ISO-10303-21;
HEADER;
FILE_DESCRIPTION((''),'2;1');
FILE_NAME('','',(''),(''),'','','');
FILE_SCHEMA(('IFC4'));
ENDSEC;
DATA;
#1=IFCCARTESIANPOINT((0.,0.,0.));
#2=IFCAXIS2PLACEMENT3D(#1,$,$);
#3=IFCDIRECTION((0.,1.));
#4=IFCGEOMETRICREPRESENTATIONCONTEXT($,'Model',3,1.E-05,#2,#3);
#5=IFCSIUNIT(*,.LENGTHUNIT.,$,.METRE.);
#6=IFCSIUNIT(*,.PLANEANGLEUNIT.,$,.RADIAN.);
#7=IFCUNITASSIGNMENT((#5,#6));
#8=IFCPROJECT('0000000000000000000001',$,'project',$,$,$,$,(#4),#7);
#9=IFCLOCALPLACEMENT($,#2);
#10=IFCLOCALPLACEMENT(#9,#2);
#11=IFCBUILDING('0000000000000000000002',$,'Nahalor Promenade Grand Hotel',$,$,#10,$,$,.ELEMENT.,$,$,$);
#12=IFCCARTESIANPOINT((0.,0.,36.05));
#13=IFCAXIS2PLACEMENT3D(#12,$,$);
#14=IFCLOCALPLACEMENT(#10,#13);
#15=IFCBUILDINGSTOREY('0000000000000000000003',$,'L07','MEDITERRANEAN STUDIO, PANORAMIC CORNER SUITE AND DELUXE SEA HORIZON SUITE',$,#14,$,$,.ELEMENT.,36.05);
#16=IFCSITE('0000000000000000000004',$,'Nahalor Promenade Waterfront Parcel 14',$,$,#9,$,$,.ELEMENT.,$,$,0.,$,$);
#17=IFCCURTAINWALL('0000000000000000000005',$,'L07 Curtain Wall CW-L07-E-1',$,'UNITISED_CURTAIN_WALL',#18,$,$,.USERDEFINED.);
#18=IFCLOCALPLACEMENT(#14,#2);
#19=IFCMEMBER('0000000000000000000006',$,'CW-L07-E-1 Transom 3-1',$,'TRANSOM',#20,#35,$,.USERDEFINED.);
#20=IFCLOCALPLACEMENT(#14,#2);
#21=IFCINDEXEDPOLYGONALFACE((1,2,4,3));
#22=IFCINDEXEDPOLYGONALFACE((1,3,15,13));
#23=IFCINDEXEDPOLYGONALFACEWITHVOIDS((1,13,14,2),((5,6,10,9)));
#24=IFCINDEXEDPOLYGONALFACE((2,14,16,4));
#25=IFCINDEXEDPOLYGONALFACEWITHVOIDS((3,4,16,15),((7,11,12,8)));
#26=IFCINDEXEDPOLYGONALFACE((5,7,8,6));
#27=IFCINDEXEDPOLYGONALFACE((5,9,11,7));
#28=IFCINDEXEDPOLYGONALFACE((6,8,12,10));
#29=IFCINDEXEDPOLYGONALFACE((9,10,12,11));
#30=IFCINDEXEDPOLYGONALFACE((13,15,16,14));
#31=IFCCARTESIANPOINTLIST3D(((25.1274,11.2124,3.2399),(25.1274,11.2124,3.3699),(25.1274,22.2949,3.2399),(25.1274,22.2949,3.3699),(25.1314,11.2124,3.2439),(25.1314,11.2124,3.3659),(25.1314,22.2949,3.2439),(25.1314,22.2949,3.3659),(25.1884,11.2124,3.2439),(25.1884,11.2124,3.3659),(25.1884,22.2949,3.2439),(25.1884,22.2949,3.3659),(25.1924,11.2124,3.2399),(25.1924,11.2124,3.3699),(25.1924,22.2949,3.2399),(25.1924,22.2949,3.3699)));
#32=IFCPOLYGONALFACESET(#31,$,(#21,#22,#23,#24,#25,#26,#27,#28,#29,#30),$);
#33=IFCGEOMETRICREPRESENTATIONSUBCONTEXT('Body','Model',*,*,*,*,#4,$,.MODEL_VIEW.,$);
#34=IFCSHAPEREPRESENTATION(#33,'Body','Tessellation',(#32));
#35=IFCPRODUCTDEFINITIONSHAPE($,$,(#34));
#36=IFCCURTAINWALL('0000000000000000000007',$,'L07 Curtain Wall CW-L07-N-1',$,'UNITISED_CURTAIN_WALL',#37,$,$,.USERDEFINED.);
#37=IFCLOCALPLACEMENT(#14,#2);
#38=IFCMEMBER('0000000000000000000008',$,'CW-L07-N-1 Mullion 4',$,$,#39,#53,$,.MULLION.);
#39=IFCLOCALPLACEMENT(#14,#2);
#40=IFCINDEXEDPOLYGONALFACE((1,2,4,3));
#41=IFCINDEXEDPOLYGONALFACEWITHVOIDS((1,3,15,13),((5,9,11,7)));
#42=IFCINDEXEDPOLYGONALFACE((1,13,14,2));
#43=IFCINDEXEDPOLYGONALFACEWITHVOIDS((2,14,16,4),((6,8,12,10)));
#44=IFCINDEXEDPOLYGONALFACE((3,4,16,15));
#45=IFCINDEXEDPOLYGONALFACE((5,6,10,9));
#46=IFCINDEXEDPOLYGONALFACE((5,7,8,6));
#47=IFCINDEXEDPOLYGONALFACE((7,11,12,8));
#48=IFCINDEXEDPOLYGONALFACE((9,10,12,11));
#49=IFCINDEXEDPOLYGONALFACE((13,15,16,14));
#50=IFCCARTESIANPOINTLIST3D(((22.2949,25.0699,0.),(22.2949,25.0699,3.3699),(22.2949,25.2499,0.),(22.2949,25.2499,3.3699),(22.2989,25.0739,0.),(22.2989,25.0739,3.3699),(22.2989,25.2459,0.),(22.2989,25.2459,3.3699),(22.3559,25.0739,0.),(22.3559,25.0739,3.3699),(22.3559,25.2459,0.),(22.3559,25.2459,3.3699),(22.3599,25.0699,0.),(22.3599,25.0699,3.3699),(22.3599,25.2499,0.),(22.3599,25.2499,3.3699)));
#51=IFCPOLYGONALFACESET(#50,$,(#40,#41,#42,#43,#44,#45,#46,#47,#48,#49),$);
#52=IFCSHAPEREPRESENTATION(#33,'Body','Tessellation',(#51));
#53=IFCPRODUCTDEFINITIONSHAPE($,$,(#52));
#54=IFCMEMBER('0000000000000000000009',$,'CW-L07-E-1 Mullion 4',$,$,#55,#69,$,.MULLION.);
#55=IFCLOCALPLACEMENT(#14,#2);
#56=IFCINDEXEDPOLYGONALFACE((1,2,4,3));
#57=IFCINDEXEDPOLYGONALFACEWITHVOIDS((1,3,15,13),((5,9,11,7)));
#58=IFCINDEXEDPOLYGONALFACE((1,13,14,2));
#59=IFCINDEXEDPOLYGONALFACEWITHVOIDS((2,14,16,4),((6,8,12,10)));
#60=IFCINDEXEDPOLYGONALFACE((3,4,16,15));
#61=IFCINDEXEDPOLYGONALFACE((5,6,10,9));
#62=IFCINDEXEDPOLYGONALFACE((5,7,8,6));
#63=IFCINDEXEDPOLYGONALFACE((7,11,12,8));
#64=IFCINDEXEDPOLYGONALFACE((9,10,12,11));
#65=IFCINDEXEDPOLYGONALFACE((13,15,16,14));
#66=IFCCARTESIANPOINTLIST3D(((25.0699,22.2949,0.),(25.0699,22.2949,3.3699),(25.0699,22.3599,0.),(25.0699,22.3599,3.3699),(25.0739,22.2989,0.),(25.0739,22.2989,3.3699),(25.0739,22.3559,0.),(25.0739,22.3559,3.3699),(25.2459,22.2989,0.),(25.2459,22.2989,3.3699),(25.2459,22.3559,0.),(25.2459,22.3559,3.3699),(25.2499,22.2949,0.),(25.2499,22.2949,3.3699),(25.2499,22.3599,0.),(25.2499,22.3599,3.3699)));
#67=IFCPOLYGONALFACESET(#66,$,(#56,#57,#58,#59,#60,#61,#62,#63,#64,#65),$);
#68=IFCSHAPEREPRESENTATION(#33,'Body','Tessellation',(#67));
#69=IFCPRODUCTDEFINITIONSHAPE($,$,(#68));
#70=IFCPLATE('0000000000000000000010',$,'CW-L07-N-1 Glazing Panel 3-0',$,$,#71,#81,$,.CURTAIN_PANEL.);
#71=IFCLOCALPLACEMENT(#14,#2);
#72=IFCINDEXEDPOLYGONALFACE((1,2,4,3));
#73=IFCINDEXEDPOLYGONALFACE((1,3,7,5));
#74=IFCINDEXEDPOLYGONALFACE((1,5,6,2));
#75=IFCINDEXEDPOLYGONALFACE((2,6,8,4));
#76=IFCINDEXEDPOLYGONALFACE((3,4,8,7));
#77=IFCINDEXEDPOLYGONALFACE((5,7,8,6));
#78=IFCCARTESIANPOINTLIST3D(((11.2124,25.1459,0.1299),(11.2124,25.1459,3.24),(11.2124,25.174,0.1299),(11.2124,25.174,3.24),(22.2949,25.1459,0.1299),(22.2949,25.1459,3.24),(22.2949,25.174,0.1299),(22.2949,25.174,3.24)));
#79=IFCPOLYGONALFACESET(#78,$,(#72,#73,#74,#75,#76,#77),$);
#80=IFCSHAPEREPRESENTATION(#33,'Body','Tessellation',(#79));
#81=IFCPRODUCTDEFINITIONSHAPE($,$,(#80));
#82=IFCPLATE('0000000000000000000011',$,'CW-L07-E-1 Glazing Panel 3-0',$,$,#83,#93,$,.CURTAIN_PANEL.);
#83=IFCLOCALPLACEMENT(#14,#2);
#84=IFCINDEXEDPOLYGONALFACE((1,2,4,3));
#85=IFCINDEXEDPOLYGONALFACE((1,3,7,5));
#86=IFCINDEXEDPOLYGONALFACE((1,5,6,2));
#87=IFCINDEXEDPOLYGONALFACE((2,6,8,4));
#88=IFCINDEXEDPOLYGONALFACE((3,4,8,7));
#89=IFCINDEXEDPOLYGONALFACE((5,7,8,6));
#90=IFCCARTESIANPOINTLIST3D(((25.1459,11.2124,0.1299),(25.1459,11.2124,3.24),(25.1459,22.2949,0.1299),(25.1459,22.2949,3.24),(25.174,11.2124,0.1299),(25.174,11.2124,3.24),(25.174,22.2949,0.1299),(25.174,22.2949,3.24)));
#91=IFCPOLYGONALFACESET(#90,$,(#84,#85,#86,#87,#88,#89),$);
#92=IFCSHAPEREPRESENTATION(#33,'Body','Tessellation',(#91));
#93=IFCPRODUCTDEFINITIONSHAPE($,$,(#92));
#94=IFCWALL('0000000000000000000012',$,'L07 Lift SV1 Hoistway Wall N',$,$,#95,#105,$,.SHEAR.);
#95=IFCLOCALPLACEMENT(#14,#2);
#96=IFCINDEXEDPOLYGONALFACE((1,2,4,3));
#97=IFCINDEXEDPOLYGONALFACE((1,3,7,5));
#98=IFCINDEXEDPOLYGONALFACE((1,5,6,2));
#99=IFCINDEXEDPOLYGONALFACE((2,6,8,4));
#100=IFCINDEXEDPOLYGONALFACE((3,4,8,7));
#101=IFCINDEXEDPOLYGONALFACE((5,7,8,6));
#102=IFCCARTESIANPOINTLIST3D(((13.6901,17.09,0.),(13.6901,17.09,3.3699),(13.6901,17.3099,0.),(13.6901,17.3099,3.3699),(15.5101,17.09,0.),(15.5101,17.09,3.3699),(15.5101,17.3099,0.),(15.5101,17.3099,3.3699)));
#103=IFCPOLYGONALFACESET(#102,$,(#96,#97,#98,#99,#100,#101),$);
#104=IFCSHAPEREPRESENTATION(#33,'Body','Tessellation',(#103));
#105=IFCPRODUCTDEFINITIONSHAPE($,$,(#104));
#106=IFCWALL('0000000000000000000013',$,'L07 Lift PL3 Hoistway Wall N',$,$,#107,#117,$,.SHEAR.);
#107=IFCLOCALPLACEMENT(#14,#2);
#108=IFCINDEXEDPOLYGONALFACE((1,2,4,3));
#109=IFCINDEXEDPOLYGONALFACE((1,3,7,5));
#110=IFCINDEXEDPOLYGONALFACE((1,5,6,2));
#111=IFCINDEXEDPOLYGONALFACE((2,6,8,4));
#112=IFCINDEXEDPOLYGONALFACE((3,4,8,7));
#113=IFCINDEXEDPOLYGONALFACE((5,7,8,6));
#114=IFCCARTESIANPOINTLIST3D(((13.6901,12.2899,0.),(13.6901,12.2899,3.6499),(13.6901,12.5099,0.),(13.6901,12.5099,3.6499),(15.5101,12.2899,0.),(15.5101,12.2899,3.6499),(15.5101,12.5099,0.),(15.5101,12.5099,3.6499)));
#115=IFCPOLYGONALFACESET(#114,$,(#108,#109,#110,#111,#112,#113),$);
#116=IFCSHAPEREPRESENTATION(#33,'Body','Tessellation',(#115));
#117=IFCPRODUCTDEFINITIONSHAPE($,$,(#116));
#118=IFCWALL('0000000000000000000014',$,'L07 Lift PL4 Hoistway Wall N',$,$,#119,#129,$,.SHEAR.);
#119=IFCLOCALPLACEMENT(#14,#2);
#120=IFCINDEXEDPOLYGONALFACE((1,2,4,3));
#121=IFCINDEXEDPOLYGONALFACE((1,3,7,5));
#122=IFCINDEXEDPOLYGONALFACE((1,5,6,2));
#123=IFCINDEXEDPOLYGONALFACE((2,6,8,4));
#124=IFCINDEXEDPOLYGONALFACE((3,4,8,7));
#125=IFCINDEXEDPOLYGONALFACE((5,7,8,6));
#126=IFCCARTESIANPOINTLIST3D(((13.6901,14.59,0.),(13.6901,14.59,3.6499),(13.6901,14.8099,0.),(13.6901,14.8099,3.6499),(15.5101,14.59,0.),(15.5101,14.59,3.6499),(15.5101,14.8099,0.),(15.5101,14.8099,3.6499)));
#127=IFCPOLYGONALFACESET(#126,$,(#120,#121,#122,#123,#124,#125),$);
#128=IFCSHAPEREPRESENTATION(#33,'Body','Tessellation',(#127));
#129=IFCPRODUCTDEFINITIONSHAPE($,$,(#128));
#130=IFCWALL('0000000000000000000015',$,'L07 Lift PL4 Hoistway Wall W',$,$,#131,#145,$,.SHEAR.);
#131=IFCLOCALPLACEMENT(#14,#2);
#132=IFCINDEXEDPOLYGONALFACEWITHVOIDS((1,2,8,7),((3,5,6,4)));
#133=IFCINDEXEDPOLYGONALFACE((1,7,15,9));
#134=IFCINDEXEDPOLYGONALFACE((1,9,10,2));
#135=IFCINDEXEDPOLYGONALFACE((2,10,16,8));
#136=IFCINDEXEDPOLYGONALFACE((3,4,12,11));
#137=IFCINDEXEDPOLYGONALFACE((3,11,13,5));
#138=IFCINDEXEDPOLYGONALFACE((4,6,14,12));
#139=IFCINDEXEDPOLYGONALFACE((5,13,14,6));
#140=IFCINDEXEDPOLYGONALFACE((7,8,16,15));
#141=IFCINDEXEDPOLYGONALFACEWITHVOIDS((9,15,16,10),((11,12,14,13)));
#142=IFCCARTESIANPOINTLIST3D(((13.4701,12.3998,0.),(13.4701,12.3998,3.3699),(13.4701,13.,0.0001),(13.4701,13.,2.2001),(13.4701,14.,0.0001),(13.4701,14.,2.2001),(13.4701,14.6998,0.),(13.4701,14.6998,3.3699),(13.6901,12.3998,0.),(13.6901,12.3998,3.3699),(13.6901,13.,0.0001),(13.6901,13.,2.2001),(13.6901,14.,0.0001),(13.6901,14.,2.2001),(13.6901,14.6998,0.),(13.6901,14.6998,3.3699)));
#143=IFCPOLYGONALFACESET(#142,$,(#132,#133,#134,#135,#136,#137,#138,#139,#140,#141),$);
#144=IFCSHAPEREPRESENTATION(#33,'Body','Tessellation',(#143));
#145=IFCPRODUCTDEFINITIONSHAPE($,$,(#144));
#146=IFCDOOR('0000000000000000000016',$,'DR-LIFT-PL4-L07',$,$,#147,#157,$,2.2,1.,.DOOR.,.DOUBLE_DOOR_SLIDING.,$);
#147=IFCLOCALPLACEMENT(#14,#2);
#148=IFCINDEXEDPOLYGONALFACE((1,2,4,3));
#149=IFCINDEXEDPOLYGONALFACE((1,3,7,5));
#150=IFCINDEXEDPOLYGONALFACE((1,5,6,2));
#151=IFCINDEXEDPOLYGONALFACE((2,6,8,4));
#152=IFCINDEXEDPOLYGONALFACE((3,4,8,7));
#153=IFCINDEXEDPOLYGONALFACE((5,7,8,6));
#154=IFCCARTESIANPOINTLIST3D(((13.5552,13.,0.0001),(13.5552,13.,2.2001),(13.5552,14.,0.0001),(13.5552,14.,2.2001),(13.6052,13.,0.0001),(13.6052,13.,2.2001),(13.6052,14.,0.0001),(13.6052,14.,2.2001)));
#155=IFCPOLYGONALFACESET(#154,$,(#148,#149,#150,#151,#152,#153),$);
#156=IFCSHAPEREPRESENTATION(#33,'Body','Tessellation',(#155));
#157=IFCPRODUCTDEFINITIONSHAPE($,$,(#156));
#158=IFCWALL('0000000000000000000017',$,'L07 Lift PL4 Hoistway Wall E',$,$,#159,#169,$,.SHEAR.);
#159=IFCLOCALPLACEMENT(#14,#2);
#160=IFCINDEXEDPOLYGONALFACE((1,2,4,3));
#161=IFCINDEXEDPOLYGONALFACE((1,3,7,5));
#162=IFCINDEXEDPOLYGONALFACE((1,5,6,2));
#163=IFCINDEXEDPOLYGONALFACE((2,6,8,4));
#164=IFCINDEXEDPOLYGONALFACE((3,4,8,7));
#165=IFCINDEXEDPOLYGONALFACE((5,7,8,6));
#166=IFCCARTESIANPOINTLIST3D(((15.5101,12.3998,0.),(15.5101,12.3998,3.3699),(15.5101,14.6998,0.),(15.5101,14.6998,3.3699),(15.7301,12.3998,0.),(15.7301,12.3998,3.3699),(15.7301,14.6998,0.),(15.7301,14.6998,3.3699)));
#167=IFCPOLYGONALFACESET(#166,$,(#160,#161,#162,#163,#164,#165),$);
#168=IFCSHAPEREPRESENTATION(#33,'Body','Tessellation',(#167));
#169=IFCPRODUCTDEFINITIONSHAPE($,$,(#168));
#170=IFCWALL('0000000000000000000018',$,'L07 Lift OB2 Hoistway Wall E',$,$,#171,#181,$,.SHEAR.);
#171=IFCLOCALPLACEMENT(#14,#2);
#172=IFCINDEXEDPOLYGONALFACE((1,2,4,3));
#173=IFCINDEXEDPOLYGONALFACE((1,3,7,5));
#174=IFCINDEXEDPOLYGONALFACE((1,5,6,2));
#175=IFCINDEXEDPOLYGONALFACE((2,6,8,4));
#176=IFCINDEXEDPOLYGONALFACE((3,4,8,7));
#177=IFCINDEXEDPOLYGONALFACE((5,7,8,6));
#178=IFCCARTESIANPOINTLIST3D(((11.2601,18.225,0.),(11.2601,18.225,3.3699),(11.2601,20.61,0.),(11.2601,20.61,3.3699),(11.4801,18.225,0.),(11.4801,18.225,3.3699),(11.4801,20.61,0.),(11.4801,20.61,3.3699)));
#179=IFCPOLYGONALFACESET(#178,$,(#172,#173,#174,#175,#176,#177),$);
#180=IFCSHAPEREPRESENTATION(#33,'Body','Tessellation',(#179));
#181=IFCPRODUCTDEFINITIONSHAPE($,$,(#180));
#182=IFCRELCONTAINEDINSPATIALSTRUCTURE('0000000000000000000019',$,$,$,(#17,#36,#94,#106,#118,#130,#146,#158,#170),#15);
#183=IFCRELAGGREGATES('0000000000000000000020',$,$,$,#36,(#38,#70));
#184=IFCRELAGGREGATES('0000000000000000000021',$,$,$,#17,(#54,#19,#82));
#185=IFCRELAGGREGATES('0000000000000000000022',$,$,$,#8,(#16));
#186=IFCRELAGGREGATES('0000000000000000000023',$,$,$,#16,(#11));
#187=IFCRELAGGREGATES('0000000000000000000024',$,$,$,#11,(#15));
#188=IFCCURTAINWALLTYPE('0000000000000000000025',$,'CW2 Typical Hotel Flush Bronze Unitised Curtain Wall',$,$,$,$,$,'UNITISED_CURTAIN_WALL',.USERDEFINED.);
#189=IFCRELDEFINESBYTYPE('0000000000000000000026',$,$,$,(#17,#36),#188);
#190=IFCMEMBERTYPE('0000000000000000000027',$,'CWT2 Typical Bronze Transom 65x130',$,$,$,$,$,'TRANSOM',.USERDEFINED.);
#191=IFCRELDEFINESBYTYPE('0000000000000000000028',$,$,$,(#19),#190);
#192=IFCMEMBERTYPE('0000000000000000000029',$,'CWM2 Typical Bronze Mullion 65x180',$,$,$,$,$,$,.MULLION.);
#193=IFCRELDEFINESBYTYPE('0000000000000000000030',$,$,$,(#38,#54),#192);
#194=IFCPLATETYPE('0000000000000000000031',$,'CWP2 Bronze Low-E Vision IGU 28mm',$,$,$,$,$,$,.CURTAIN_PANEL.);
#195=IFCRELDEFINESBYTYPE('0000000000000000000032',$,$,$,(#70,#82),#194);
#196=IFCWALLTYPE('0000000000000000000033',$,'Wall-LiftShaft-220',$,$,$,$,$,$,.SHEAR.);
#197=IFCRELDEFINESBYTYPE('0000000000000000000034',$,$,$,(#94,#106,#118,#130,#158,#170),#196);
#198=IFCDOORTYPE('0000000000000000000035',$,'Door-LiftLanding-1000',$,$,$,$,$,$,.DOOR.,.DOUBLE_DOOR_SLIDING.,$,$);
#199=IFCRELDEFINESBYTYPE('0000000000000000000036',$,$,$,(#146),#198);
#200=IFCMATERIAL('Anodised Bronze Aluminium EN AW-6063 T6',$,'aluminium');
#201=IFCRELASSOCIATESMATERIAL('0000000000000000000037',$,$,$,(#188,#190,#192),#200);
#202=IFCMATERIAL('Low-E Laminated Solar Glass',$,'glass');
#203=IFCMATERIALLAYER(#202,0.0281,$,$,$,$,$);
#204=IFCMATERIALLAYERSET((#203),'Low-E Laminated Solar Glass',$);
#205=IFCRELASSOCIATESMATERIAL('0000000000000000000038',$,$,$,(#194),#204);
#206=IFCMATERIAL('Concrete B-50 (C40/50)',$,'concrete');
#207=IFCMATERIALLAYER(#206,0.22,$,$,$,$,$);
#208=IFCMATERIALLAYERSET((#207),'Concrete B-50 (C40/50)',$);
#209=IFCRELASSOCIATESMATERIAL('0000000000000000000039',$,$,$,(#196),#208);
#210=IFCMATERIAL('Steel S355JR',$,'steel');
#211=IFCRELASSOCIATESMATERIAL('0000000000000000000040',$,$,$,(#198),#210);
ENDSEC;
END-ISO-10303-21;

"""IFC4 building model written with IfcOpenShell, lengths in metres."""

from ifc_helpers import new_model, si_unit, direction, frame, frame_2d, origin, origin_2d, place, context, subcontext, project, spatial, rectangle, hollow_rectangle, extrude, source, transform, mapped, material, layer, layer_set, material_profile, profile_set, type_object, element, fill, aggregate, save


model = new_model("IFC4")

# Units and contexts
model_context = context("Model", 3, precision=1e-05, world=origin(), true_north=direction((0.0, 1.0)))
body_context = subcontext(model_context, "Body", "Model", "MODEL_VIEW")
ifc_project = project(units=[si_unit("LENGTHUNIT", "METRE"), si_unit("PLANEANGLEUNIT", "RADIAN")], contexts=[model_context])

# Site, building, storey
site_placement = place(None, origin())
site = spatial("IfcSite", under=ifc_project, at=site_placement, Name="Nahalor Promenade Waterfront Parcel 14", CompositionType="ELEMENT", RefElevation=0.0)
building_placement = place(site_placement, origin())
building = spatial("IfcBuilding", under=site, at=building_placement, Name="Nahalor Promenade Grand Hotel", CompositionType="ELEMENT")
storey_placement = place(building_placement, frame((0.0, 0.0, 36.05)))
storey = spatial("IfcBuildingStorey", under=building, at=storey_placement, Name="L07", Description="MEDITERRANEAN STUDIO, PANORAMIC CORNER SUITE AND DELUXE SEA HORIZON SUITE", CompositionType="ELEMENT", Elevation=36.05)

# Shared definitions
ifc_material_1 = material(Name="Steel S355JR", Category="steel")

# Curtain wall, member
ifc_material_2 = material(Name="Anodised Bronze Aluminium EN AW-6063 T6", Category="aluminium")
curtain_wall_type = type_object("IfcCurtainWallType", Name="CW2 Typical Hotel Flush Bronze Unitised Curtain Wall", ElementType="UNITISED_CURTAIN_WALL", PredefinedType="USERDEFINED", material=ifc_material_2)
curtain_wall_1_placement = place(storey_placement, origin())
curtain_wall_1 = element("IfcCurtainWall", 1, at=curtain_wall_1_placement, inside=storey, type_object=curtain_wall_type, Name="L07 Curtain Wall CW-L07-E-1", ObjectType="UNITISED_CURTAIN_WALL", PredefinedType="USERDEFINED")
ifc_material_profile_1 = material_profile(ifc_material_2, hollow_rectangle(XDim=0.065, YDim=0.13, WallThickness=0.004, at=origin_2d()), Name="CWT 65x130x4")
ifc_profile_set_1 = profile_set([ifc_material_profile_1], Name="Anodised Bronze Aluminium EN AW-6063 T6")
member_type_1 = type_object("IfcMemberType", Name="CWT2 Typical Bronze Transom 65x130", ElementType="TRANSOM", PredefinedType="USERDEFINED", material=ifc_profile_set_1)
shared_shape_1 = source(origin(), body_context, "Body", "SweptSolid", [
    extrude(hollow_rectangle(XDim=0.065, YDim=0.13, WallThickness=0.004, at=origin_2d()), origin(), (0.0, 0.0, 1.0), 11.0825),
])
member_1_placement = place(storey_placement, frame((25.1599, 11.2124, 3.3049), z_axis=(0.0, 1.0, 0.0), x_axis=(-1.0, 0.0, 0.0)))
member_1 = element("IfcMember", 2, at=member_1_placement, type_object=member_type_1, Name="CW-L07-E-1 Transom 3-1", ObjectType="TRANSOM", PredefinedType="USERDEFINED", context=body_context, shape_type="MappedRepresentation", body=[
    mapped(shared_shape_1, transform((0.0, 0.0, 0.0), scale=1.0)),
])

# Curtain wall, member
curtain_wall_2_placement = place(storey_placement, origin())
curtain_wall_2 = element("IfcCurtainWall", 3, at=curtain_wall_2_placement, inside=storey, type_object=curtain_wall_type, Name="L07 Curtain Wall CW-L07-N-1", ObjectType="UNITISED_CURTAIN_WALL", PredefinedType="USERDEFINED")
ifc_material_profile_2 = material_profile(ifc_material_2, hollow_rectangle(XDim=0.065, YDim=0.18, WallThickness=0.004, at=origin_2d()), Name="CWM 65x180x4")
ifc_profile_set_2 = profile_set([ifc_material_profile_2], Name="Anodised Bronze Aluminium EN AW-6063 T6")
member_type_2 = type_object("IfcMemberType", Name="CWM2 Typical Bronze Mullion 65x180", PredefinedType="MULLION", material=ifc_profile_set_2)
shared_shape_2 = source(origin(), body_context, "Body", "SweptSolid", [
    extrude(hollow_rectangle(XDim=0.065, YDim=0.18, WallThickness=0.004, at=origin_2d()), origin(), (0.0, 0.0, 1.0), 3.3699),
])
member_2_placement = place(storey_placement, frame((22.3274, 25.1599, 0.0), z_axis=(0.0, 0.0, 1.0), x_axis=(1.0, 0.0, 0.0)))
member_2 = element("IfcMember", 4, at=member_2_placement, type_object=member_type_2, Name="CW-L07-N-1 Mullion 4", PredefinedType="MULLION", context=body_context, shape_type="MappedRepresentation", body=[
    mapped(shared_shape_2, transform((0.0, 0.0, 0.0), scale=1.0)),
])

# Member
member_3_placement = place(storey_placement, frame((25.1599, 22.3274, 0.0), z_axis=(0.0, 0.0, 1.0), x_axis=(0.0, 1.0, 0.0)))
member_3 = element("IfcMember", 5, at=member_3_placement, type_object=member_type_2, Name="CW-L07-E-1 Mullion 4", PredefinedType="MULLION", context=body_context, shape_type="MappedRepresentation", body=[
    mapped(shared_shape_2, transform((0.0, 0.0, 0.0), scale=1.0)),
])

# Plates
ifc_material_3 = material(Name="Low-E Laminated Solar Glass", Category="glass")
ifc_layer_1 = layer(ifc_material_3, 0.0281)
ifc_layer_set_1 = layer_set([ifc_layer_1], Name="Low-E Laminated Solar Glass")
plate_type = type_object("IfcPlateType", Name="CWP2 Bronze Low-E Vision IGU 28mm", PredefinedType="CURTAIN_PANEL", material=ifc_layer_set_1)
shared_shape_3 = source(origin(), body_context, "Body", "SweptSolid", [
    extrude(rectangle(XDim=11.0825, YDim=0.0281, at=origin_2d()), origin(), (0.0, 0.0, 1.0), 3.1101),
])
plate_1_placement = place(storey_placement, frame((16.7537, 25.1599, 0.1299), z_axis=(0.0, 0.0, 1.0), x_axis=(1.0, 0.0, 0.0)))
plate_1 = element("IfcPlate", 6, at=plate_1_placement, type_object=plate_type, Name="CW-L07-N-1 Glazing Panel 3-0", PredefinedType="CURTAIN_PANEL", context=body_context, shape_type="MappedRepresentation", body=[
    mapped(shared_shape_3, transform((0.0, 0.0, 0.0), scale=1.0)),
])
aggregate(curtain_wall_2, [member_2, plate_1])
plate_2_placement = place(storey_placement, frame((25.1599, 16.7537, 0.1299), z_axis=(0.0, 0.0, 1.0), x_axis=(0.0, 1.0, 0.0)))
plate_2 = element("IfcPlate", 7, at=plate_2_placement, type_object=plate_type, Name="CW-L07-E-1 Glazing Panel 3-0", PredefinedType="CURTAIN_PANEL", context=body_context, shape_type="MappedRepresentation", body=[
    mapped(shared_shape_3, transform((0.0, 0.0, 0.0), scale=1.0)),
])
aggregate(curtain_wall_1, [member_3, member_1, plate_2])

# Walls
ifc_material_4 = material(Name="Concrete B-50 (C40/50)", Category="concrete")
ifc_layer_2 = layer(ifc_material_4, 0.22)
ifc_layer_set_2 = layer_set([ifc_layer_2], Name="Concrete B-50 (C40/50)")
wall_type_1 = type_object("IfcWallType", Name="Wall-LiftShaft-220", PredefinedType="SHEAR", material=ifc_layer_set_2)
shared_shape_4 = source(origin(), body_context, "Body", "SweptSolid", [
    extrude(rectangle(XDim=1.8201, YDim=0.22, at=frame_2d((0.9102, 0.0))), origin(), (0.0, 0.0, 1.0), 3.3699),
])
wall_1_placement = place(storey_placement, frame((13.6899, 17.2, 0.0), z_axis=(0.0, 0.0, 1.0), x_axis=(1.0, 0.0, 0.0)))
element("IfcWall", 8, at=wall_1_placement, inside=storey, type_object=wall_type_1, Name="L07 Lift SV1 Hoistway Wall N", PredefinedType="SHEAR", context=body_context, shape_type="MappedRepresentation", body=[
    mapped(shared_shape_4, transform((0.0, 0.0, 0.0), scale=1.0)),
])
shared_shape_5 = source(origin(), body_context, "Body", "SweptSolid", [
    extrude(rectangle(XDim=1.8201, YDim=0.22, at=frame_2d((0.9102, 0.0))), origin(), (0.0, 0.0, 1.0), 3.6499),
])
for number, where, z_axis, x_axis, name in (
    (9, (13.6899, 12.3999, 0.0), (0.0, 0.0, 1.0), (1.0, 0.0, 0.0), "L07 Lift PL3 Hoistway Wall N"),
    (10, (13.6899, 14.7, 0.0), (0.0, 0.0, 1.0), (1.0, 0.0, 0.0), "L07 Lift PL4 Hoistway Wall N"),
):
    element("IfcWall", number, at=place(storey_placement, frame(where, z_axis=z_axis, x_axis=x_axis)), inside=storey, type_object=wall_type_1, Name=name, PredefinedType="SHEAR", context=body_context, shape_type="MappedRepresentation", body=[
        mapped(shared_shape_5, transform((0.0, 0.0, 0.0), scale=1.0)),
    ])

# Wall, opening, door
shared_shape_6 = source(origin(), body_context, "Body", "SweptSolid", [
    extrude(rectangle(XDim=2.3, YDim=0.22, at=frame_2d((1.1499, 0.0))), origin(), (0.0, 0.0, 1.0), 3.3699),
])
wall_2_placement = place(storey_placement, frame((13.5801, 12.3999, 0.0), z_axis=(0.0, 0.0, 1.0), x_axis=(0.0, 1.0, 0.0)))
wall_2 = element("IfcWall", 11, at=wall_2_placement, inside=storey, type_object=wall_type_1, Name="L07 Lift PL4 Hoistway Wall W", PredefinedType="SHEAR", context=body_context, shape_type="MappedRepresentation", body=[
    mapped(shared_shape_6, transform((0.0, 0.0, 0.0), scale=1.0)),
])
opening_1_placement = place(wall_2_placement, frame((0.6001, 0.0, 0.0)))
opening_1 = element("IfcOpeningElement", 12, at=opening_1_placement, cuts=wall_2, PredefinedType="OPENING", context=body_context, shape_type="SweptSolid", body=[
    extrude(rectangle(XDim=1.0, YDim=2.2, at=frame_2d((0.5, 1.1001))), frame((0.0, 0.1199, 0.0), z_axis=(0.0, -1.0, 0.0), x_axis=(1.0, 0.0, 0.0)), (0.0, 0.0, 1.0), 0.24),
])
door_type_1 = type_object("IfcDoorType", Name="Door-LiftLanding-1000", OperationType="DOUBLE_DOOR_SLIDING", PredefinedType="DOOR", material=ifc_material_1)
shared_shape_7 = source(origin(), body_context, "Body", "SweptSolid", [
    extrude(rectangle(XDim=1.0, YDim=2.2, at=frame_2d((0.5, 1.1001))), frame((0.0, 0.0249, 0.0), z_axis=(0.0, -1.0, 0.0), x_axis=(1.0, 0.0, 0.0)), (0.0, 0.0, 1.0), 0.05),
])
door_1_placement = place(opening_1_placement, origin())
door_1 = element("IfcDoor", 13, at=door_1_placement, inside=storey, type_object=door_type_1, Name="DR-LIFT-PL4-L07", OperationType="DOUBLE_DOOR_SLIDING", OverallHeight=2.2, OverallWidth=1.0, PredefinedType="DOOR", context=body_context, shape_type="MappedRepresentation", body=[
    mapped(shared_shape_7, transform((0.0, 0.0, 0.0), scale=1.0)),
])
fill(opening_1, door_1)

# Walls
wall_3_placement = place(storey_placement, frame((15.6201, 12.3999, 0.0), z_axis=(0.0, 0.0, 1.0), x_axis=(0.0, 1.0, 0.0)))
element("IfcWall", 14, at=wall_3_placement, inside=storey, type_object=wall_type_1, Name="L07 Lift PL4 Hoistway Wall E", PredefinedType="SHEAR", context=body_context, shape_type="MappedRepresentation", body=[
    mapped(shared_shape_6, transform((0.0, 0.0, 0.0), scale=1.0)),
])
shared_shape_8 = source(origin(), body_context, "Body", "SweptSolid", [
    extrude(rectangle(XDim=2.385, YDim=0.22, at=frame_2d((1.1924, 0.0))), origin(), (0.0, 0.0, 1.0), 3.3699),
])
wall_4_placement = place(storey_placement, frame((11.3701, 18.2251, 0.0), z_axis=(0.0, 0.0, 1.0), x_axis=(0.0, 1.0, 0.0)))
element("IfcWall", 15, at=wall_4_placement, inside=storey, type_object=wall_type_1, Name="L07 Lift OB2 Hoistway Wall E", PredefinedType="SHEAR", context=body_context, shape_type="MappedRepresentation", body=[
    mapped(shared_shape_8, transform((0.0, 0.0, 0.0), scale=1.0)),
])

save(model, "model.ifc")
